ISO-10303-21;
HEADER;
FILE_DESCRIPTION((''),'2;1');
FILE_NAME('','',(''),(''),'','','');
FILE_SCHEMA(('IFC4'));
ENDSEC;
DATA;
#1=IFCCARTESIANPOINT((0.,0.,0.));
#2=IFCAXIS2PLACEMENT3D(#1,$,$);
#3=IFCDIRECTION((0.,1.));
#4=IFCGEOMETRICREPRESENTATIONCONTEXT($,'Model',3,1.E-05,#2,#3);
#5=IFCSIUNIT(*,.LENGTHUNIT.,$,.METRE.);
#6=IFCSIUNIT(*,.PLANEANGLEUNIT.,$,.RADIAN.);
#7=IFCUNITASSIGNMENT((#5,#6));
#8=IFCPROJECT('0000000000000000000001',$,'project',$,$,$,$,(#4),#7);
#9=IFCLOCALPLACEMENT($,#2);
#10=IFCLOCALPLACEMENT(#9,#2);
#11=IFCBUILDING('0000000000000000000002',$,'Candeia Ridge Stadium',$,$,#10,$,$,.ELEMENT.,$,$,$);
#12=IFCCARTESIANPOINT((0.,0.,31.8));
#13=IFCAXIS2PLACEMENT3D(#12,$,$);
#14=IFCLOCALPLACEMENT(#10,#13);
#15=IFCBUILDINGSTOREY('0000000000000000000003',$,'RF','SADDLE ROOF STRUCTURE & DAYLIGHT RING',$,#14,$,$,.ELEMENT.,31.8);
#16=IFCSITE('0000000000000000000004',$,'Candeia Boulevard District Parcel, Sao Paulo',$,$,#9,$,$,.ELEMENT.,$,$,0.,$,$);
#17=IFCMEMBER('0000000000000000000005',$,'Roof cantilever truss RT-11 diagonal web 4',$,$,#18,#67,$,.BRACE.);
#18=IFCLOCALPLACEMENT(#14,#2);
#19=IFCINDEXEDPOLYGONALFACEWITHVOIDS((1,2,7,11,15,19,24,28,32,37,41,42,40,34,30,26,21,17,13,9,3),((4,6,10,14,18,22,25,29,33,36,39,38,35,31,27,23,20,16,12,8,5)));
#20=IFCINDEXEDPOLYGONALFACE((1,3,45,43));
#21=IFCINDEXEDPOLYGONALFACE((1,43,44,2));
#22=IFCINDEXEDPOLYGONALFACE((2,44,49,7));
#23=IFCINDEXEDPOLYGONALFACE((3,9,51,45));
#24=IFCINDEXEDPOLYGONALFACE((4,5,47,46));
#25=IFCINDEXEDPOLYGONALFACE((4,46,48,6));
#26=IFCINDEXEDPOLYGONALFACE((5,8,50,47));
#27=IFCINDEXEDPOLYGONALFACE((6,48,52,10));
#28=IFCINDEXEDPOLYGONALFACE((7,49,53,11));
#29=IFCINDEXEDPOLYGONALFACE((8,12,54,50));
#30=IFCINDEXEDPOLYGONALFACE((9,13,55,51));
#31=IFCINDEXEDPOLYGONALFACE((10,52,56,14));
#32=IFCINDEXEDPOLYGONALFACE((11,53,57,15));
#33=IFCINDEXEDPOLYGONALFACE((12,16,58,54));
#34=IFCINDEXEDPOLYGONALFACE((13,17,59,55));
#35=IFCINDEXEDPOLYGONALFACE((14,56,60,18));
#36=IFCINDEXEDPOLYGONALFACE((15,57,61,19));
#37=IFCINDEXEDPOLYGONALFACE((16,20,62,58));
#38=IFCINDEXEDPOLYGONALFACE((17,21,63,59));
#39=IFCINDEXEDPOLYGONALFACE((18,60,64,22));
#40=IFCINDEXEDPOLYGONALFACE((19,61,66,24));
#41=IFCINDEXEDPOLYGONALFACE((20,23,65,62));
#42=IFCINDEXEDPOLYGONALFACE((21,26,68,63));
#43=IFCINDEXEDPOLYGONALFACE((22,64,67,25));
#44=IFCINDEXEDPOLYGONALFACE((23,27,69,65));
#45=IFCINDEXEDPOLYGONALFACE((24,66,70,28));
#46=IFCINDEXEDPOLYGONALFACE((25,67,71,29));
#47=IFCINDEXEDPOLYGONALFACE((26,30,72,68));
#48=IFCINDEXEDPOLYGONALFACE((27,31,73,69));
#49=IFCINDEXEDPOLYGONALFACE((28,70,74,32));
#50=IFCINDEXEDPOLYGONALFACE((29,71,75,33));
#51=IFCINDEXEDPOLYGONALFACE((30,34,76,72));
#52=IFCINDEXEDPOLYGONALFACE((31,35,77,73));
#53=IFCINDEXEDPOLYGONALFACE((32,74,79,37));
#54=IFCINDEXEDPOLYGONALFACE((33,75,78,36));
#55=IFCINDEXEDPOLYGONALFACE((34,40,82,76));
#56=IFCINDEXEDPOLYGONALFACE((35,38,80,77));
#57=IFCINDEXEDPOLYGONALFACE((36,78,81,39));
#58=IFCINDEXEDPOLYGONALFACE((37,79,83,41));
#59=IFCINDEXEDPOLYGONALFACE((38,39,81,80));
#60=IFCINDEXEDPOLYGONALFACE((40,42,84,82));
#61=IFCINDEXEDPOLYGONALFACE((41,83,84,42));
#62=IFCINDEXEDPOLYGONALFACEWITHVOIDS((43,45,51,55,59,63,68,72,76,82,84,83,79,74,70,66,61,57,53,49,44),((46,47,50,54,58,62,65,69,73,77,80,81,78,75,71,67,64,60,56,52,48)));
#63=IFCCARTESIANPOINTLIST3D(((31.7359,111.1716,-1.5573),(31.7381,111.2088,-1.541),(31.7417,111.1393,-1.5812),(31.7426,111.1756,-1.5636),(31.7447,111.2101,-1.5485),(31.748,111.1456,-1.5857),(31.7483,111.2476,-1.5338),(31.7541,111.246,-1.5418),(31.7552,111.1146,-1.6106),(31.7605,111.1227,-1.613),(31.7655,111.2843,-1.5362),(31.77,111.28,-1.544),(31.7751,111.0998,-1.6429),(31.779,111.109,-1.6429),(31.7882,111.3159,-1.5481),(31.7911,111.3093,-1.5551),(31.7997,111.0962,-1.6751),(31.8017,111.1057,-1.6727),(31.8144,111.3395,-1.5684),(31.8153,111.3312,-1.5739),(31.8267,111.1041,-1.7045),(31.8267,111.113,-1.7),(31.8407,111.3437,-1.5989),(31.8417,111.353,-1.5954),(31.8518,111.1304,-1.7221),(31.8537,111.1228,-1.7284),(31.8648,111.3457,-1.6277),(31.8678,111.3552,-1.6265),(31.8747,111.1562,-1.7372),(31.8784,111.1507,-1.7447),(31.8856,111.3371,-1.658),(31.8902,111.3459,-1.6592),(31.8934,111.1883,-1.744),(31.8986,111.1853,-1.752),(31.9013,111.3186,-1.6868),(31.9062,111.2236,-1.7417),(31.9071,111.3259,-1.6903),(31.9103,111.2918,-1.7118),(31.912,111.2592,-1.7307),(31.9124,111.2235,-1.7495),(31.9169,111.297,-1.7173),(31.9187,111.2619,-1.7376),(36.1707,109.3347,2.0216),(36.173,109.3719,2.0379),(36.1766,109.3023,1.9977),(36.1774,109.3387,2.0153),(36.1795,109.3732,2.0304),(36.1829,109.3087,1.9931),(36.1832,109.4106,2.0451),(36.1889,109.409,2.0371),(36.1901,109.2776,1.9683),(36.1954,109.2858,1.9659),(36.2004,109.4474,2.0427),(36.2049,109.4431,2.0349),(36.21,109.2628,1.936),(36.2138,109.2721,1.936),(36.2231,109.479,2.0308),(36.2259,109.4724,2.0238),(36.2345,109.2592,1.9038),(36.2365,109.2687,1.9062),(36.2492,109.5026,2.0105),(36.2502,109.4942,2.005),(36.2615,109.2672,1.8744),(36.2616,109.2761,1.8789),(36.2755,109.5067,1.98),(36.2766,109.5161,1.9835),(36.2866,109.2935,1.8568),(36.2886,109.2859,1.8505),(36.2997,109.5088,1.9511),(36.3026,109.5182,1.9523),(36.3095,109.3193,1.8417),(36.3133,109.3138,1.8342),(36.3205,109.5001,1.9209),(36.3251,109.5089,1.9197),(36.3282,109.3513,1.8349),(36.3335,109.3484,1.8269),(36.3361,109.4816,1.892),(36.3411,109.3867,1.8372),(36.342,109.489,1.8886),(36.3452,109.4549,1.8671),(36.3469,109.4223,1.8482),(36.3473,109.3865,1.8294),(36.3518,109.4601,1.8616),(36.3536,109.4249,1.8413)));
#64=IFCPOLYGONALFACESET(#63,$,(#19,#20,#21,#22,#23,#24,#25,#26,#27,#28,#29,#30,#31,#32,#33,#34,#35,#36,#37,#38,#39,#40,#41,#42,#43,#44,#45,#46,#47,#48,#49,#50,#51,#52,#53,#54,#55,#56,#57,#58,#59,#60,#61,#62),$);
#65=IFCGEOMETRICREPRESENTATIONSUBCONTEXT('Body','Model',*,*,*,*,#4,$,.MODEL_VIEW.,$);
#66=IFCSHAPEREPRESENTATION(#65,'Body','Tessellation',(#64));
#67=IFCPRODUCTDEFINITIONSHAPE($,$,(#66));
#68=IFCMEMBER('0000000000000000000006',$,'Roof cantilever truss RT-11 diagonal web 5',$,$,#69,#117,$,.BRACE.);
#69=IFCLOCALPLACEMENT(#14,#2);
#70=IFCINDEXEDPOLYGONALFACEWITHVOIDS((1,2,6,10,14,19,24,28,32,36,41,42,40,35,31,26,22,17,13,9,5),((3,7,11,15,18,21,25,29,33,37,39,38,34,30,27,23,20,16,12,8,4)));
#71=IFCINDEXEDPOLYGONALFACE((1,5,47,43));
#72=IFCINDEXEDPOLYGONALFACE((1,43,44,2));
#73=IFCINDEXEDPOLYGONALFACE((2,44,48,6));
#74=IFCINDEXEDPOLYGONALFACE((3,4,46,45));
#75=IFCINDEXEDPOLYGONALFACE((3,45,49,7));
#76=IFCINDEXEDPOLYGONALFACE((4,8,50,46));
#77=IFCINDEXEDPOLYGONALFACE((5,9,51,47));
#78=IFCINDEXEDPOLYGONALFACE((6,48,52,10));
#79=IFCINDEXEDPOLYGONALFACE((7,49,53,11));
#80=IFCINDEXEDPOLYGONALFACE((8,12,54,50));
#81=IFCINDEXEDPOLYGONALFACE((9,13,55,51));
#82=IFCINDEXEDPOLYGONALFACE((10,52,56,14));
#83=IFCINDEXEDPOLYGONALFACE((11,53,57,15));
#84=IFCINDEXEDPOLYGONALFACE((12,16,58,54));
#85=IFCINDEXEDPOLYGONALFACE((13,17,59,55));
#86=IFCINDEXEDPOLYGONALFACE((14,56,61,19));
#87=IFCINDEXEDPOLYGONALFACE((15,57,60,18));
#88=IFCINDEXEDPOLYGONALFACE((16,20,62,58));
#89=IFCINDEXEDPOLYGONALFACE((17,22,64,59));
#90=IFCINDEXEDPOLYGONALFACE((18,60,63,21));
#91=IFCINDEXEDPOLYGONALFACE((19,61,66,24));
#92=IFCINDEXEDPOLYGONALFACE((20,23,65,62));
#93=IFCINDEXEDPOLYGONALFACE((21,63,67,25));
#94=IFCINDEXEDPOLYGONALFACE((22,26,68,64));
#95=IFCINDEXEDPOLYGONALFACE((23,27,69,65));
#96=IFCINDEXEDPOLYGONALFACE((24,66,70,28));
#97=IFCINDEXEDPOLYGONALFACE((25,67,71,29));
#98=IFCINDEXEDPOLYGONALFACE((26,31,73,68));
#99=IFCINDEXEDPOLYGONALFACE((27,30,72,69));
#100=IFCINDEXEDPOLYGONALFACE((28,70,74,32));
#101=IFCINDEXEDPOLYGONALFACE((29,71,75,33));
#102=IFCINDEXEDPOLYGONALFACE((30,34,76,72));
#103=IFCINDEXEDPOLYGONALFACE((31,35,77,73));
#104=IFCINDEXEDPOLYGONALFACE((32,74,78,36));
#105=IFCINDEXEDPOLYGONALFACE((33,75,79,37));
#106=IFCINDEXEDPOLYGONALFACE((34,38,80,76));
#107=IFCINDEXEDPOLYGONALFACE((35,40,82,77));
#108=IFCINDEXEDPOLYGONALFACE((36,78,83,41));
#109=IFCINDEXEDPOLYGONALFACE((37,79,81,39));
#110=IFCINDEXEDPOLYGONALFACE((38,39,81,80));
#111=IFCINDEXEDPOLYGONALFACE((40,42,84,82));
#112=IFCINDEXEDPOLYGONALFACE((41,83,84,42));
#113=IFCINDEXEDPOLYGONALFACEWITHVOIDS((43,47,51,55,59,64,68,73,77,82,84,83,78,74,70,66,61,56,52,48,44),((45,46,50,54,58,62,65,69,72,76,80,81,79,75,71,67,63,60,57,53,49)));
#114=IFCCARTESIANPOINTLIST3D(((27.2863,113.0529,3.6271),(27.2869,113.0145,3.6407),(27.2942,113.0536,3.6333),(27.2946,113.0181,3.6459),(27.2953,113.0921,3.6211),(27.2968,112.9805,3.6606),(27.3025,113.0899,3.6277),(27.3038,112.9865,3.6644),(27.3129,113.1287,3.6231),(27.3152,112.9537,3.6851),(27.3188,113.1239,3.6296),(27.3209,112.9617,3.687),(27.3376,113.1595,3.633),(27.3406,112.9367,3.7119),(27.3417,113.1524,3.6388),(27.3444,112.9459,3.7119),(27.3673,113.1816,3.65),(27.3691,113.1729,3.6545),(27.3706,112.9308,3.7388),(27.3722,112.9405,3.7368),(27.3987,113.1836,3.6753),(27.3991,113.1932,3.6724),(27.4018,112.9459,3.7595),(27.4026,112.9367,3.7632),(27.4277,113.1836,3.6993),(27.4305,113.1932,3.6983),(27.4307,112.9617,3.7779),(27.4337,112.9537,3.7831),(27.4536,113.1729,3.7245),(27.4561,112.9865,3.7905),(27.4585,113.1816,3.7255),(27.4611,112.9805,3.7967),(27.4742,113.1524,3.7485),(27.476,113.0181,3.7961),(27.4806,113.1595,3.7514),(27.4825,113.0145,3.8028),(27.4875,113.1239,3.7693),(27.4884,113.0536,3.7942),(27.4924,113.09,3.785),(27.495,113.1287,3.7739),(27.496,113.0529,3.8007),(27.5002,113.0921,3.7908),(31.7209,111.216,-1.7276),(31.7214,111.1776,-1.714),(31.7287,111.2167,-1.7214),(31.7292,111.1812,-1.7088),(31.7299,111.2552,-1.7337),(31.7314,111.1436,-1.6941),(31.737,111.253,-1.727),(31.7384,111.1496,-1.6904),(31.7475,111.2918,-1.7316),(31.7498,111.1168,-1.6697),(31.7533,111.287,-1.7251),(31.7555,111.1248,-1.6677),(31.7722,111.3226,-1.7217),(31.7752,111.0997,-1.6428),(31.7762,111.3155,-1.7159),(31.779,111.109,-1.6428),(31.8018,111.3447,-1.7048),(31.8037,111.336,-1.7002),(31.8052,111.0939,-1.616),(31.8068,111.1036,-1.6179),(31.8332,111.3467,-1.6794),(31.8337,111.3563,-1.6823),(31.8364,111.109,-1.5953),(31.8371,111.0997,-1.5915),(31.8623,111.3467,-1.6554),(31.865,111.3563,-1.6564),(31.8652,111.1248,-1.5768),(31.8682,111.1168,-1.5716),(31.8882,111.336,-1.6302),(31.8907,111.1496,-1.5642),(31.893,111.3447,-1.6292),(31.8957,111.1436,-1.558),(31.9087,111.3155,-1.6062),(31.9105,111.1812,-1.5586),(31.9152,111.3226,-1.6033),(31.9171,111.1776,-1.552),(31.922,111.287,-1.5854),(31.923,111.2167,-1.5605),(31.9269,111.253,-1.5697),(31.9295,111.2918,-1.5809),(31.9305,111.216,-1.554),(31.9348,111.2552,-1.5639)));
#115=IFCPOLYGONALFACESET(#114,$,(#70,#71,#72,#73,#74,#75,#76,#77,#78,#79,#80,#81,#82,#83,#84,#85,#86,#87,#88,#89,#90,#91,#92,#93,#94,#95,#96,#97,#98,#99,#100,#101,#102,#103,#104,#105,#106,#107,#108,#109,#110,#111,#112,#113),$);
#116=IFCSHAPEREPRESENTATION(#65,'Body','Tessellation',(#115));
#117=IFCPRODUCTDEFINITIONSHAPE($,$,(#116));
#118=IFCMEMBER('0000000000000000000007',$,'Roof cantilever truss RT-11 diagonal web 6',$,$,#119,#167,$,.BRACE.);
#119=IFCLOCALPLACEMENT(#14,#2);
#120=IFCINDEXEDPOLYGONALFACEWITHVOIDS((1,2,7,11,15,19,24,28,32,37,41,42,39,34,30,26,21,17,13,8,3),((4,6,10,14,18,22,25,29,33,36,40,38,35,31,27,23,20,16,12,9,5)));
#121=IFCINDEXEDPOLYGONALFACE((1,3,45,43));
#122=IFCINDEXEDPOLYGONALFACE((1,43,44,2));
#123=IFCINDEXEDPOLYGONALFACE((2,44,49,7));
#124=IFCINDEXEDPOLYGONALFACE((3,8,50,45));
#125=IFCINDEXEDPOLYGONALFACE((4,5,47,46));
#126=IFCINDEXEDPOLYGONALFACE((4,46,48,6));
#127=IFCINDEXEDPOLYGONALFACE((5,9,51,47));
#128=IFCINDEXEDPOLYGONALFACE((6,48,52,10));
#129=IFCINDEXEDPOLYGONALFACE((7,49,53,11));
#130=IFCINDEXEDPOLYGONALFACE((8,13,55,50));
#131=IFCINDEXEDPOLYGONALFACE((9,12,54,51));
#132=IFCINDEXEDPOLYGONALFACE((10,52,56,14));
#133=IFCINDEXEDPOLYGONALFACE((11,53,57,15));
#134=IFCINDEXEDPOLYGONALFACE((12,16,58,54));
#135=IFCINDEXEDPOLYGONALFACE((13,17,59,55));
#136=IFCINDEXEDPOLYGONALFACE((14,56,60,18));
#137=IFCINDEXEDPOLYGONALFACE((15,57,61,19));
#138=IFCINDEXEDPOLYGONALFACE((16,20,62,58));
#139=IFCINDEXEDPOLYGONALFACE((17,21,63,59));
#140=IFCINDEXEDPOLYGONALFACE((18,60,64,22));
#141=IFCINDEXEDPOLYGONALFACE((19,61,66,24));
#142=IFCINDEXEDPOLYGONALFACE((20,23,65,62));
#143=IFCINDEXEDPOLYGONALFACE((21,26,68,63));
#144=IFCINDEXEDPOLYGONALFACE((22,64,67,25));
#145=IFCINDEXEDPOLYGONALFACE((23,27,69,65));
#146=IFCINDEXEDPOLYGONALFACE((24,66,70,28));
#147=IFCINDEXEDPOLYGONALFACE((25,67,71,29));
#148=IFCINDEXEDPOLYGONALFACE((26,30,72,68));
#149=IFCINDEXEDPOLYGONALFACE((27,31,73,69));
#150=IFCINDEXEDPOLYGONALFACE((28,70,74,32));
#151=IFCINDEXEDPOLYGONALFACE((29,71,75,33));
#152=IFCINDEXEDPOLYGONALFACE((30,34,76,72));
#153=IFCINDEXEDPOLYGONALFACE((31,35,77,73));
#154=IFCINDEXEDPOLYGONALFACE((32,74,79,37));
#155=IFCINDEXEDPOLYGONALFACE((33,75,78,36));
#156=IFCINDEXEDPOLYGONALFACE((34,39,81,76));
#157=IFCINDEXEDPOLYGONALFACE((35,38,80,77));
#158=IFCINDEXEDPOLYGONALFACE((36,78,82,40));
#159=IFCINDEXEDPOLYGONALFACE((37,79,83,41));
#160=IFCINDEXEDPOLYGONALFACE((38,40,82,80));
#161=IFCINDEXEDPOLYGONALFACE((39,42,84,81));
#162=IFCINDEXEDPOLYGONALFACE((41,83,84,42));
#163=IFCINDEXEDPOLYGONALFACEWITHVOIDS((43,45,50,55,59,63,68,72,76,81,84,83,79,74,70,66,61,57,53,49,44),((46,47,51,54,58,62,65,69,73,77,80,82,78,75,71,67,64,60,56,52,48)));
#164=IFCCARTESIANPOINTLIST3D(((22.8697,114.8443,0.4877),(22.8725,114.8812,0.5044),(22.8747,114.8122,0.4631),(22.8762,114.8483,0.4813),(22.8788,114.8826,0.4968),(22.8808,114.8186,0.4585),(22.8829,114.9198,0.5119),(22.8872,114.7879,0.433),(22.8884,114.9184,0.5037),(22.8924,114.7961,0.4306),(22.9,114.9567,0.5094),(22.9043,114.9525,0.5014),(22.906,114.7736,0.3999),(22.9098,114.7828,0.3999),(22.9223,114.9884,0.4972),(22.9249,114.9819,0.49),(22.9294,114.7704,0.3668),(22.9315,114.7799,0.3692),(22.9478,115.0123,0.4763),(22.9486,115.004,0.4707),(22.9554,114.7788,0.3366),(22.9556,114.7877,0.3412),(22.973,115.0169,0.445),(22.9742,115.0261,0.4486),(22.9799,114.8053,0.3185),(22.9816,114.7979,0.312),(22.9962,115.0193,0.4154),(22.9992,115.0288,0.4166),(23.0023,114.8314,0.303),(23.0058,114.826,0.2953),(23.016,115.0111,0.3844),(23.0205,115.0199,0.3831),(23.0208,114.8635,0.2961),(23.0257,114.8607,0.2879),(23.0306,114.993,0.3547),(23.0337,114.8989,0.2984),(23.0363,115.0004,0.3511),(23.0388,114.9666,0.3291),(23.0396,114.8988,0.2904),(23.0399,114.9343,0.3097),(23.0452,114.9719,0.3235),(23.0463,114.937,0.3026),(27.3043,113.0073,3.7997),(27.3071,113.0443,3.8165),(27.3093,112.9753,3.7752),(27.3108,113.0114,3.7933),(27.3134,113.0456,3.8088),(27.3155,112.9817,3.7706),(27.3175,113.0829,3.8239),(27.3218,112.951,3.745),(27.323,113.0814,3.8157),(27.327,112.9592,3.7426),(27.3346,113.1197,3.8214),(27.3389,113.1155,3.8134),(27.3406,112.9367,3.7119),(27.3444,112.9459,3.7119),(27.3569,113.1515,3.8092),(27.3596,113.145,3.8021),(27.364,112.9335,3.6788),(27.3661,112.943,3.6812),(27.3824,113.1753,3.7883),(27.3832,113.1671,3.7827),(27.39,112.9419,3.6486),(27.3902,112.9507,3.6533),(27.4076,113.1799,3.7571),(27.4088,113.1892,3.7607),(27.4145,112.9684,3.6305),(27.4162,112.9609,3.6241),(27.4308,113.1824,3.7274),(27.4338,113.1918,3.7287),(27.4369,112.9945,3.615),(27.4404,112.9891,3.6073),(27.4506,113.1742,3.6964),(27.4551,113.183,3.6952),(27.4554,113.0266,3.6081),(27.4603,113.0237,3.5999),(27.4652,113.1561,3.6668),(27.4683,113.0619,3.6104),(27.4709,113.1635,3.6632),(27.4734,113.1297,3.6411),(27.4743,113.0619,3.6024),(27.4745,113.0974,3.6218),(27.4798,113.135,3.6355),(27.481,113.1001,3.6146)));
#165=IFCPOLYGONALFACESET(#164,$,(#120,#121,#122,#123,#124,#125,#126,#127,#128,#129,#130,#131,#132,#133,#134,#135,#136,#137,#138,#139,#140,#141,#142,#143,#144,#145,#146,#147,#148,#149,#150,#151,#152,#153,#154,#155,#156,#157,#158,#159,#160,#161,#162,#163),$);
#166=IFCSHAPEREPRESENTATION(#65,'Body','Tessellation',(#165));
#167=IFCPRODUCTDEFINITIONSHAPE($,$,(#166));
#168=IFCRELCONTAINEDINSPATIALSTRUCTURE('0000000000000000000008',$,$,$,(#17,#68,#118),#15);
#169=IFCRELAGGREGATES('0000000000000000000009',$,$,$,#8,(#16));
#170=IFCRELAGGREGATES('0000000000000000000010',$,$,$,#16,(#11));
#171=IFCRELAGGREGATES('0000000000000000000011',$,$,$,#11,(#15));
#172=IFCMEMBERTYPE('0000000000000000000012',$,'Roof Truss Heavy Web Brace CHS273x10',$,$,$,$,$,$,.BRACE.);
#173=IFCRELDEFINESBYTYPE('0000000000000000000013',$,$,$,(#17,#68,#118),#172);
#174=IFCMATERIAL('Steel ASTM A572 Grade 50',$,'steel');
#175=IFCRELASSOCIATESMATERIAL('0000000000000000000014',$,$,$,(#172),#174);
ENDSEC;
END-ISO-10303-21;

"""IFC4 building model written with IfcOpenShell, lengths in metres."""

from ifc_helpers import new_model, si_unit, direction, frame, origin, origin_2d, place, context, subcontext, project, spatial, hollow_circle, extrude, material, material_profile, profile_set, type_object, element, save


model = new_model("IFC4")

# Units and contexts
model_context = context("Model", 3, precision=1e-05, world=origin(), true_north=direction((0.0, 1.0)))
body_context = subcontext(model_context, "Body", "Model", "MODEL_VIEW")
ifc_project = project(units=[si_unit("LENGTHUNIT", "METRE"), si_unit("PLANEANGLEUNIT", "RADIAN")], contexts=[model_context])

# Site, building, storey
site_placement = place(None, origin())
site = spatial("IfcSite", under=ifc_project, at=site_placement, Name="Candeia Boulevard District Parcel, Sao Paulo", CompositionType="ELEMENT", RefElevation=0.0)
building_placement = place(site_placement, origin())
building = spatial("IfcBuilding", under=site, at=building_placement, Name="Candeia Ridge Stadium", CompositionType="ELEMENT")
storey_placement = place(building_placement, frame((0.0, 0.0, 31.8)))
storey = spatial("IfcBuildingStorey", under=building, at=storey_placement, Name="RF", Description="SADDLE ROOF STRUCTURE & DAYLIGHT RING", CompositionType="ELEMENT", Elevation=31.8)

# Shared definitions
ifc_material_1 = material(Name="Steel ASTM A572 Grade 50", Category="steel")

# Members
ifc_material_profile_1 = material_profile(ifc_material_1, hollow_circle(Radius=0.1365, WallThickness=0.01, at=origin_2d()), Name="CHS273x10", Category="steel")
ifc_profile_set_1 = profile_set([ifc_material_profile_1], Name="Steel ASTM A572 Grade 50")
member_type_1 = type_object("IfcMemberType", Name="Roof Truss Heavy Web Brace CHS273x10", PredefinedType="BRACE", material=ifc_profile_set_1)
member_1_placement = place(storey_placement, frame((36.2622, 109.3889, 1.936), z_axis=(-0.74068, 0.306792, -0.597722), x_axis=(-0.382675, -0.923883, 0.0)))
element("IfcMember", 1, at=member_1_placement, inside=storey, type_object=member_type_1, Name="Roof cantilever truss RT-11 diagonal web 4", PredefinedType="BRACE", context=body_context, shape_type="SweptSolid", body=[
    extrude(hollow_circle(Radius=0.1365, WallThickness=0.01, at=origin_2d()), origin(), (0.0, 0.0, 1.0), 5.9875),
])
member_2_placement = place(storey_placement, frame((31.8274, 111.2258, -1.6428), z_axis=(-0.616669, 0.25544, 0.744627), x_axis=(-0.382693, -0.923875, 0.0)))
element("IfcMember", 2, at=member_2_placement, inside=storey, type_object=member_type_1, Name="Roof cantilever truss RT-11 diagonal web 5", PredefinedType="BRACE", context=body_context, shape_type="SweptSolid", body=[
    extrude(hollow_circle(Radius=0.1365, WallThickness=0.01, at=origin_2d()), origin(), (0.0, 0.0, 1.0), 7.1912),
])
member_3_placement = place(storey_placement, frame((27.3928, 113.0627, 3.7119), z_axis=(-0.760421, 0.314986, -0.567929), x_axis=(-0.382693, -0.923875, 0.0)))
element("IfcMember", 3, at=member_3_placement, inside=storey, type_object=member_type_1, Name="Roof cantilever truss RT-11 diagonal web 6", PredefinedType="BRACE", context=body_context, shape_type="SweptSolid", body=[
    extrude(hollow_circle(Radius=0.1365, WallThickness=0.01, at=origin_2d()), origin(), (0.0, 0.0, 1.0), 5.8318),
])

save(model, "model.ifc")
